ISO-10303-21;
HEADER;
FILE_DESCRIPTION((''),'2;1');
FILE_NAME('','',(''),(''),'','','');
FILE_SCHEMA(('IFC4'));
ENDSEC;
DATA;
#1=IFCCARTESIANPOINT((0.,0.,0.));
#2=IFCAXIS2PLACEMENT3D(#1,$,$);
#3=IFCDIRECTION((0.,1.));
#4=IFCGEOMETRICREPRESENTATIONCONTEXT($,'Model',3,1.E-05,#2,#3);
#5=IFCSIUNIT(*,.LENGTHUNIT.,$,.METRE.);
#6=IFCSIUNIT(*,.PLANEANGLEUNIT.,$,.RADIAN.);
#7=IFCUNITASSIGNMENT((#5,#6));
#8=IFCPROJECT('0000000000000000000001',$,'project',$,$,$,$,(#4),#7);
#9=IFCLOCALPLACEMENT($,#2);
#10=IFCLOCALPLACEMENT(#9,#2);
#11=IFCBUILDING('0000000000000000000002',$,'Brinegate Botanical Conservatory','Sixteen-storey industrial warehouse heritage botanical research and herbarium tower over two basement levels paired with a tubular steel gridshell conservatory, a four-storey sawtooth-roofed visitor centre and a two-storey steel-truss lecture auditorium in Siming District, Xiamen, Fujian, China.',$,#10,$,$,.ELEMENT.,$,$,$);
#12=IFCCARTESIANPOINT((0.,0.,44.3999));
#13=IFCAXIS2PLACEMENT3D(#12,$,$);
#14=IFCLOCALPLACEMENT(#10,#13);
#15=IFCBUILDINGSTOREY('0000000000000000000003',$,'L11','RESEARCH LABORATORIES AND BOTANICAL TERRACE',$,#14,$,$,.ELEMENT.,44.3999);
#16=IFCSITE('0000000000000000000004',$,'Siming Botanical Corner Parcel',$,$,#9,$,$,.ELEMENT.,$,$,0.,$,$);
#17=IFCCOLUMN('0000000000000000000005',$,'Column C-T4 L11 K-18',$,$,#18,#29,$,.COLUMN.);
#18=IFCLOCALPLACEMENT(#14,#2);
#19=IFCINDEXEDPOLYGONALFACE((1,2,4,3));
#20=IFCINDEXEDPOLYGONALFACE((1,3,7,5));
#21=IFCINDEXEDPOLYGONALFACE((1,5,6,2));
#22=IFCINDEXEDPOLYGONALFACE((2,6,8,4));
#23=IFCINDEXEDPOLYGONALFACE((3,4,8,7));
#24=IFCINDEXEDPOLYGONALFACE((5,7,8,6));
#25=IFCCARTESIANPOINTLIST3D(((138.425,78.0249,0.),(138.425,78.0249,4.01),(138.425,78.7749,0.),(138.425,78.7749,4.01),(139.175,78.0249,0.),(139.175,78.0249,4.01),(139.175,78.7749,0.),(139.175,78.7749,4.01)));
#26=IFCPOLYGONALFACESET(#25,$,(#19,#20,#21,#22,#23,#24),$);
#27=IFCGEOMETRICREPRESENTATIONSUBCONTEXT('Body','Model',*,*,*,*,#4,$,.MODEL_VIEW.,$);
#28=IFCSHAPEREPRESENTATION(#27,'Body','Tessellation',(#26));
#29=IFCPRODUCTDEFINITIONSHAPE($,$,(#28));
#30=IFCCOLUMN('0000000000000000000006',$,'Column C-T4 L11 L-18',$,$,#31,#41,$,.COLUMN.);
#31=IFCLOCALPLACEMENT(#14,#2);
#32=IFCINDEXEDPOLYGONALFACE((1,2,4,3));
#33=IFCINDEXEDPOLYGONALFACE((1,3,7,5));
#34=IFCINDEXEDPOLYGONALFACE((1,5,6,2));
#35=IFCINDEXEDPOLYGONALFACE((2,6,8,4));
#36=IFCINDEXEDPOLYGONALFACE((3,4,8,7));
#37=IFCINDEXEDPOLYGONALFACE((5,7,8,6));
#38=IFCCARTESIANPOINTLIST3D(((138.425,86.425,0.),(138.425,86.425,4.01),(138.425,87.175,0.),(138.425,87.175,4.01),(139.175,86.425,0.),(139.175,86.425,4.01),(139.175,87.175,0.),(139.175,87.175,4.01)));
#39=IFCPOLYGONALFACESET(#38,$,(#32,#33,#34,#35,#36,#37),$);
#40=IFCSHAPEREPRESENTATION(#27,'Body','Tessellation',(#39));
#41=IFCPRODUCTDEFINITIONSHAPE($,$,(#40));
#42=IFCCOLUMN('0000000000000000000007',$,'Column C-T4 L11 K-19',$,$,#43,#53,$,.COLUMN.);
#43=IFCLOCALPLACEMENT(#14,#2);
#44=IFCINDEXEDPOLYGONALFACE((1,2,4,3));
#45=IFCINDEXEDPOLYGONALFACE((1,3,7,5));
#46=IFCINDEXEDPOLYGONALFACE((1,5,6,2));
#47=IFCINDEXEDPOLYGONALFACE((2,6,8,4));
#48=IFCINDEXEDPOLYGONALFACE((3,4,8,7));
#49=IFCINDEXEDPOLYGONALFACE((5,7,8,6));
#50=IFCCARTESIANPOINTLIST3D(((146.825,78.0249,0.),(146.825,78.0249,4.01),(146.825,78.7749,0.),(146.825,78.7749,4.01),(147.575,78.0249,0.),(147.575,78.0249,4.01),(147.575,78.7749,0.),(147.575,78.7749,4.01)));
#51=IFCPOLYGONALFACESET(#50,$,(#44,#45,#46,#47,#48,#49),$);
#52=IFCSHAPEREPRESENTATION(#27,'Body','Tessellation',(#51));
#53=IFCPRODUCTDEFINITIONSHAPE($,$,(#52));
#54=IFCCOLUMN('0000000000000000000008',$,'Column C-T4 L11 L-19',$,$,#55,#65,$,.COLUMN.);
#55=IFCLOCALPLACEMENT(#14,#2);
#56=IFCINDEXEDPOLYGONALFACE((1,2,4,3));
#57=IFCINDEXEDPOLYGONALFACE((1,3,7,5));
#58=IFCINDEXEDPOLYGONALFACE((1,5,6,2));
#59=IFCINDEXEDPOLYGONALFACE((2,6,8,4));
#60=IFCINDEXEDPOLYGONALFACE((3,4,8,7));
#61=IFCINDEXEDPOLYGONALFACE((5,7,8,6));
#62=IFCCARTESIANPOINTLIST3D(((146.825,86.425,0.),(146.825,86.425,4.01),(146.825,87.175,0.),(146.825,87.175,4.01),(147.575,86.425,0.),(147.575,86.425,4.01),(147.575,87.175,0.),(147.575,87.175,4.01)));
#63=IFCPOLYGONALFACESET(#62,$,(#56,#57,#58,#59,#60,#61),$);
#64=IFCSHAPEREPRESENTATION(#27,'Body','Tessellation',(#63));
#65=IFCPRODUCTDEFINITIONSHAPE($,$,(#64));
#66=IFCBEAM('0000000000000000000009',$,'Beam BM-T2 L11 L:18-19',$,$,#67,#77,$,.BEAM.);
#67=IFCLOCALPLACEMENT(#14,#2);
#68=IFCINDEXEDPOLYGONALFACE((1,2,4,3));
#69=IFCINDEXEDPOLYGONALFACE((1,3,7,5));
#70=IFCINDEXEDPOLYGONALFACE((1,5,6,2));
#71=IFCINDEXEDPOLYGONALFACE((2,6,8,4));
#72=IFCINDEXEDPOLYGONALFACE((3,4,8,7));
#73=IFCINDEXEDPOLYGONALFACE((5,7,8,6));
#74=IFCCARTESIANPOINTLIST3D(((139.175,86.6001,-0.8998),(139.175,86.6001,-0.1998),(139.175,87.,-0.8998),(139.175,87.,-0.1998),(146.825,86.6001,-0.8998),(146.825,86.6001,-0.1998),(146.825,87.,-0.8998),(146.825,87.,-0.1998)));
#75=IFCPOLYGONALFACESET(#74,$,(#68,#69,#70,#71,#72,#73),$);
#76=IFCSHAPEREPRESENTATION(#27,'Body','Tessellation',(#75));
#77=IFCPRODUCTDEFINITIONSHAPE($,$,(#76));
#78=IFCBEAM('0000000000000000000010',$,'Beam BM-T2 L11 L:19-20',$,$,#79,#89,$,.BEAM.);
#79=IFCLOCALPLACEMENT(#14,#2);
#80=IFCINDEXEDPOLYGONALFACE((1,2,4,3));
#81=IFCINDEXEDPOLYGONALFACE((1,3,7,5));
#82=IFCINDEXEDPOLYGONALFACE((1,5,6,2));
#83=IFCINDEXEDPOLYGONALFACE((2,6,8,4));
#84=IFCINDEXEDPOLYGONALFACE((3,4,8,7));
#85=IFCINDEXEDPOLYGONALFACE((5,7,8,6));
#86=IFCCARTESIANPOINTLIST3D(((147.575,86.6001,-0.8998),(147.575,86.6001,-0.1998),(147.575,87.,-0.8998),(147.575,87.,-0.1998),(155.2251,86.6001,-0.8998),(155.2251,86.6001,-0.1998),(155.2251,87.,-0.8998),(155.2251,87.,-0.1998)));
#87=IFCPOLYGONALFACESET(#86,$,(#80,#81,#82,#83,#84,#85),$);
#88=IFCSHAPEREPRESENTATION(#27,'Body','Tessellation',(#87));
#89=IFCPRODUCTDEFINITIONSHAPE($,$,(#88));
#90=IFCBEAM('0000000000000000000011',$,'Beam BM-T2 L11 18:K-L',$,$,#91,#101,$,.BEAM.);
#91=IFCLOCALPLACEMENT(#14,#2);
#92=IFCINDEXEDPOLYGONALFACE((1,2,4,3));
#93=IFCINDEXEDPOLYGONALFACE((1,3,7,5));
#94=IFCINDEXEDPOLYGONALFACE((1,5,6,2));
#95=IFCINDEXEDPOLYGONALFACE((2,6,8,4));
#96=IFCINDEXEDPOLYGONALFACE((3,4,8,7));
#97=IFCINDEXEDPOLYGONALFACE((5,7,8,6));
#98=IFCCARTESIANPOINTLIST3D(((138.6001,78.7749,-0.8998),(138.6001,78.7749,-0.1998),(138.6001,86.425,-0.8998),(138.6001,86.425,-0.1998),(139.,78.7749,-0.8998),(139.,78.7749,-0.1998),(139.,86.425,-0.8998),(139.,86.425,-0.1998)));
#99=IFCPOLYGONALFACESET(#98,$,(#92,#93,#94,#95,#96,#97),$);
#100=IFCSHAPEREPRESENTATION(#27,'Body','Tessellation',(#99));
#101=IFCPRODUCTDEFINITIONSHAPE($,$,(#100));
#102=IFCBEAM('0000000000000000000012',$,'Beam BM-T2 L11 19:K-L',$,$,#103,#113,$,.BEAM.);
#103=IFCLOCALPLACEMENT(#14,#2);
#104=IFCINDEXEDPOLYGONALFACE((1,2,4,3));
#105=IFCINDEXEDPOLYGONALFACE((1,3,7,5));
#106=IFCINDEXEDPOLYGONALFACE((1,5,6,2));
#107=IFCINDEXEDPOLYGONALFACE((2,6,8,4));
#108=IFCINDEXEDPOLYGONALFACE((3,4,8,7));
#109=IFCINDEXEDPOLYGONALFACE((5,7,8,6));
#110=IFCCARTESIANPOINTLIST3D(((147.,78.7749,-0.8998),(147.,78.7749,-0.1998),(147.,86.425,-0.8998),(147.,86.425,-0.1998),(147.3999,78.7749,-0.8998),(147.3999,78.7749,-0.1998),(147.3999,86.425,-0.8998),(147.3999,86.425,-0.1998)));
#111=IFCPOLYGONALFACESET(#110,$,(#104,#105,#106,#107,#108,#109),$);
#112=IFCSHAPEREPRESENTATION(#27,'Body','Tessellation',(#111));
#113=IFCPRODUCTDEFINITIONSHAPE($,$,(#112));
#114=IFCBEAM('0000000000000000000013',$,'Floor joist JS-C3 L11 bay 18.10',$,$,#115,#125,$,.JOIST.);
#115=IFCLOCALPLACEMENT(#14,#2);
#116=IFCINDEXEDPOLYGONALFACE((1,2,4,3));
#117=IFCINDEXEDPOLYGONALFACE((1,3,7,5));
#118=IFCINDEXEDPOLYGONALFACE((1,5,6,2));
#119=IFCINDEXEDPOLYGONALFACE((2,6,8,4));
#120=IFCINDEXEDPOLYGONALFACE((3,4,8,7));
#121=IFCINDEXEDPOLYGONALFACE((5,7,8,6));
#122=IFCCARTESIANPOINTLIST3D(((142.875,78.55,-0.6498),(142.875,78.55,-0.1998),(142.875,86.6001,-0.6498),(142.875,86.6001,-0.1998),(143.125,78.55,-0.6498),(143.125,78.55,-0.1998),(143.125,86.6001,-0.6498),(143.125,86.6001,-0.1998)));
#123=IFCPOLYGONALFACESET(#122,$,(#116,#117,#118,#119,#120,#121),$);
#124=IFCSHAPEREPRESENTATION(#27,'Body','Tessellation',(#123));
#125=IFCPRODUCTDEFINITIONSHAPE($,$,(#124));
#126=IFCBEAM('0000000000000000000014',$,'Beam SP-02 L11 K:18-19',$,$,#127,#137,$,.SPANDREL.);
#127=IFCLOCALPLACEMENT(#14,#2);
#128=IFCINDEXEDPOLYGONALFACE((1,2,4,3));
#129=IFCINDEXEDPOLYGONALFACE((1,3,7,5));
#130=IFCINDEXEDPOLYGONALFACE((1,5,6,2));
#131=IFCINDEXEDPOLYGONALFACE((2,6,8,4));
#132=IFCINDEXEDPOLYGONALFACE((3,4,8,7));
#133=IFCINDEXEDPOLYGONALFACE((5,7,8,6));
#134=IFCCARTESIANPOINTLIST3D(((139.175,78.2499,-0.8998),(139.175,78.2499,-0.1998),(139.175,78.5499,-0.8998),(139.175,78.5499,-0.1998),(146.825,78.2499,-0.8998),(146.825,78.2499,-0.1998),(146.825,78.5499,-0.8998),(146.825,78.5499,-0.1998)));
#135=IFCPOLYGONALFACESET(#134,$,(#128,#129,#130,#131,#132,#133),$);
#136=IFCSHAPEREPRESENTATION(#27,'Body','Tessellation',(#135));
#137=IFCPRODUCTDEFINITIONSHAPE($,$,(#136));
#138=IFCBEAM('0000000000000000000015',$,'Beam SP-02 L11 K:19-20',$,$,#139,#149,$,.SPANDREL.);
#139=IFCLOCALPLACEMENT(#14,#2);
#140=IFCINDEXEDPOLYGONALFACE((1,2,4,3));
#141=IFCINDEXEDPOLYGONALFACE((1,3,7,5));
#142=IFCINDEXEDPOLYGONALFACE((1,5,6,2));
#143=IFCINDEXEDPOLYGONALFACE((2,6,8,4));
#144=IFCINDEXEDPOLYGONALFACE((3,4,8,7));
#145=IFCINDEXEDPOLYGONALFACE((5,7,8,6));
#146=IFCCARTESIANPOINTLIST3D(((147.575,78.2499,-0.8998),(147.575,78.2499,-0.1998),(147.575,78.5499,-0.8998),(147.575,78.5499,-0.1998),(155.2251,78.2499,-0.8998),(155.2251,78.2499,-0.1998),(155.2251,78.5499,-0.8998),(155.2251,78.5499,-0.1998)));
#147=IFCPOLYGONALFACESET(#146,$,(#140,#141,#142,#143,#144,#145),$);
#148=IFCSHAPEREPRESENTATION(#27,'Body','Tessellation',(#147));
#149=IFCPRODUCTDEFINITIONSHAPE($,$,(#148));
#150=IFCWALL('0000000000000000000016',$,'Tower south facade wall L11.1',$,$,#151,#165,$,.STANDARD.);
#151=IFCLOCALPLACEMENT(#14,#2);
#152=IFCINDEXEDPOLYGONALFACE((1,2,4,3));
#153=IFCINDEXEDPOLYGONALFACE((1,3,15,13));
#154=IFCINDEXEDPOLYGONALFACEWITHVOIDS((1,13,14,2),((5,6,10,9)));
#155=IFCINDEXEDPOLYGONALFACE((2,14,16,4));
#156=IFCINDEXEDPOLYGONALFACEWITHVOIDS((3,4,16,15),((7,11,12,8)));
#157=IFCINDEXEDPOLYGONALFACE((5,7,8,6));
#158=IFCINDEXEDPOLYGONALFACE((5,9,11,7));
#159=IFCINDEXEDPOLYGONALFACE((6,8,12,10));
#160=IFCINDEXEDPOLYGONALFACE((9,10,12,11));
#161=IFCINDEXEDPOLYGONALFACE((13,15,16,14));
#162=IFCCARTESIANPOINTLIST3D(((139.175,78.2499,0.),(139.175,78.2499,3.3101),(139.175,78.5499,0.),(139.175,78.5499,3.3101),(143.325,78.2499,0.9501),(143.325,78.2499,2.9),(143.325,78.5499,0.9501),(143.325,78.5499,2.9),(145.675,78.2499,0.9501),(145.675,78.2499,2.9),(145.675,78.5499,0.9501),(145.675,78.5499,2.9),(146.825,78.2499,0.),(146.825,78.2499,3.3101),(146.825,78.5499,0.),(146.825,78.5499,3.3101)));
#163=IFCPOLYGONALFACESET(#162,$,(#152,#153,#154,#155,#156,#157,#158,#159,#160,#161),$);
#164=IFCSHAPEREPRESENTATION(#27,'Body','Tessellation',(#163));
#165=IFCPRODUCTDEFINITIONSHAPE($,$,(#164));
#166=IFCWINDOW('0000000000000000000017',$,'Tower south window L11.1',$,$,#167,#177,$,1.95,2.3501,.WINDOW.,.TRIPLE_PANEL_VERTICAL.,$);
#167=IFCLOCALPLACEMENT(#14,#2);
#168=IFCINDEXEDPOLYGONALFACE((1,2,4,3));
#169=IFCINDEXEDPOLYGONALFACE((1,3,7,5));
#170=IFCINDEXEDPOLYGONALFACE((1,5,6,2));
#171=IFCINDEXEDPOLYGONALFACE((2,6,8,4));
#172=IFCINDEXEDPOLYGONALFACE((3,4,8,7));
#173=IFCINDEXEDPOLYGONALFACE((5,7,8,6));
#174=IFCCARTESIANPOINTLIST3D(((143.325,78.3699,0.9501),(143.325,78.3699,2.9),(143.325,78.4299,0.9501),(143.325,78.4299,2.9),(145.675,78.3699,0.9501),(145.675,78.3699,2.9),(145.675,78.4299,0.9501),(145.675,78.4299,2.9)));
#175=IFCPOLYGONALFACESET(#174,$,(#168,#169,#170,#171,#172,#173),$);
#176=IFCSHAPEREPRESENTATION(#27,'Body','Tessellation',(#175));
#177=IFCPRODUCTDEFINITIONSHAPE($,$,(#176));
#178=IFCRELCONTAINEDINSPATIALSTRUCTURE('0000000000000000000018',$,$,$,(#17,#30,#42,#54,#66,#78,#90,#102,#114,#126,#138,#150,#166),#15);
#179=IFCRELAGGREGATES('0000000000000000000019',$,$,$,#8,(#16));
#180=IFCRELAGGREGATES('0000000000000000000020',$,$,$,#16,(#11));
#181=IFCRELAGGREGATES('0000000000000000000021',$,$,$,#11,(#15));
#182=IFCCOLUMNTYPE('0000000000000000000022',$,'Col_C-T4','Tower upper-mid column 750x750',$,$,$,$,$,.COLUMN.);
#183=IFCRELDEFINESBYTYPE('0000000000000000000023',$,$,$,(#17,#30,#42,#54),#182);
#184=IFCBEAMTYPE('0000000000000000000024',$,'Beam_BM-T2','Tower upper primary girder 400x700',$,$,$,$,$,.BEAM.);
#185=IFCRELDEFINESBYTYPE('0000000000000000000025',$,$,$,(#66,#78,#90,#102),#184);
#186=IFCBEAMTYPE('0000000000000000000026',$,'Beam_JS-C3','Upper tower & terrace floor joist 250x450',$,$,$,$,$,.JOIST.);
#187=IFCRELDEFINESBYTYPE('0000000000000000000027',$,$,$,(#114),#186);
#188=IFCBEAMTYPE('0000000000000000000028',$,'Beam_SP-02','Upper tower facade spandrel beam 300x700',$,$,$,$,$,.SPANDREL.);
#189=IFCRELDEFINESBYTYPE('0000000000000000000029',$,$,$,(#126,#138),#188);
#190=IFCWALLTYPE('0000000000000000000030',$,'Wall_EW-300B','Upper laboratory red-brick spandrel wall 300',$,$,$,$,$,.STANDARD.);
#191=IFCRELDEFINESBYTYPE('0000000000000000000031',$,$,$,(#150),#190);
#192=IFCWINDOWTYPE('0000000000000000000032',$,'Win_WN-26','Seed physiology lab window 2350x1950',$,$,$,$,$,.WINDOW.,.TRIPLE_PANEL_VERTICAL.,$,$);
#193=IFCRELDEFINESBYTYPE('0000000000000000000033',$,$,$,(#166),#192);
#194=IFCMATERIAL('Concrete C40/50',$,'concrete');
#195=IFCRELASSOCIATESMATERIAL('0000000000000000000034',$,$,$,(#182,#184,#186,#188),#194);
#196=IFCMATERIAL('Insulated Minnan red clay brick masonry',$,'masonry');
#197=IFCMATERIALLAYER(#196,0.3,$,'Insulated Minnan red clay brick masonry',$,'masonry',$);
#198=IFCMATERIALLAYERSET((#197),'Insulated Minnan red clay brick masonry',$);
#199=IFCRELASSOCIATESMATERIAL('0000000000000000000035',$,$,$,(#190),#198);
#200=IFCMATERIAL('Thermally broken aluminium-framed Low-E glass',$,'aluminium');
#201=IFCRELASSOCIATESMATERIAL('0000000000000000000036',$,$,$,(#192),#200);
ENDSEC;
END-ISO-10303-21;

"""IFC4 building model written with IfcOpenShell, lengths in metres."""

from ifc_helpers import new_model, si_unit, direction, frame, frame_2d, origin, origin_2d, place, context, subcontext, project, spatial, rectangle, extrude, material, layer, layer_set, material_profile, profile_set, type_object, element, fill, save


model = new_model("IFC4")

# Units and contexts
model_context = context("Model", 3, precision=1e-05, world=origin(), true_north=direction((0.0, 1.0)))
body_context = subcontext(model_context, "Body", "Model", "MODEL_VIEW")
ifc_project = project(units=[si_unit("LENGTHUNIT", "METRE"), si_unit("PLANEANGLEUNIT", "RADIAN")], contexts=[model_context])

# Site, building, storey
site_placement = place(None, origin())
site = spatial("IfcSite", under=ifc_project, at=site_placement, Name="Siming Botanical Corner Parcel", CompositionType="ELEMENT", RefElevation=0.0)
building_placement = place(site_placement, origin())
building = spatial("IfcBuilding", under=site, at=building_placement, Name="Brinegate Botanical Conservatory", Description="Sixteen-storey industrial warehouse heritage botanical research and herbarium tower over two basement levels paired with a tubular steel gridshell conservatory, a four-storey sawtooth-roofed visitor centre and a two-storey steel-truss lecture auditorium in Siming District, Xiamen, Fujian, China.", CompositionType="ELEMENT")
storey_placement = place(building_placement, frame((0.0, 0.0, 44.3999)))
storey = spatial("IfcBuildingStorey", under=building, at=storey_placement, Name="L11", Description="RESEARCH LABORATORIES AND BOTANICAL TERRACE", CompositionType="ELEMENT", Elevation=44.3999)

# Columns
ifc_material_1 = material(Name="Concrete C40/50", Category="concrete")
ifc_material_profile_1 = material_profile(ifc_material_1, rectangle(XDim=0.75, YDim=0.75, at=origin_2d()), Name="RC COL 750x750")
ifc_profile_set_1 = profile_set([ifc_material_profile_1], Name="Concrete C40/50")
column_type = type_object("IfcColumnType", Name="Col_C-T4", Description="Tower upper-mid column 750x750", PredefinedType="COLUMN", material=ifc_profile_set_1)
for number, where, z_axis, x_axis, name in (
    (1, (138.8, 78.3999, 0.0), (0.0, 0.0, 1.0), (1.0, 0.0, 0.0), "Column C-T4 L11 K-18"),
    (2, (138.8, 86.8, 0.0), (0.0, 0.0, 1.0), (1.0, 0.0, 0.0), "Column C-T4 L11 L-18"),
    (3, (147.2, 78.3999, 0.0), (0.0, 0.0, 1.0), (1.0, 0.0, 0.0), "Column C-T4 L11 K-19"),
    (4, (147.2, 86.8, 0.0), (0.0, 0.0, 1.0), (1.0, 0.0, 0.0), "Column C-T4 L11 L-19"),
):
    element("IfcColumn", number, at=place(storey_placement, frame(where, z_axis=z_axis, x_axis=x_axis)), inside=storey, type_object=column_type, Name=name, PredefinedType="COLUMN", context=body_context, shape_type="SweptSolid", body=[
        extrude(rectangle(XDim=0.75, YDim=0.75, at=origin_2d()), origin(), (0.0, 0.0, 1.0), 4.01),
    ])

# Beams
ifc_material_profile_2 = material_profile(ifc_material_1, rectangle(XDim=0.3999, YDim=0.7, at=origin_2d()), Name="RC BM 400x700")
ifc_profile_set_2 = profile_set([ifc_material_profile_2], Name="Concrete C40/50")
beam_type_1 = type_object("IfcBeamType", Name="Beam_BM-T2", Description="Tower upper primary girder 400x700", PredefinedType="BEAM", material=ifc_profile_set_2)
beam_1_placement = place(storey_placement, frame((139.175, 86.8, -0.5498), z_axis=(1.0, 0.0, 0.0), x_axis=(0.0, 1.0, 0.0)))
element("IfcBeam", 5, at=beam_1_placement, inside=storey, type_object=beam_type_1, Name="Beam BM-T2 L11 L:18-19", PredefinedType="BEAM", context=body_context, shape_type="SweptSolid", body=[
    extrude(rectangle(XDim=0.3999, YDim=0.7, at=origin_2d()), origin(), (0.0, 0.0, 1.0), 7.6499),
])
for number, where, z_axis, x_axis, name in (
    (6, (147.575, 86.8, -0.5498), (1.0, 0.0, 0.0), (0.0, 1.0, 0.0), "Beam BM-T2 L11 L:19-20"),
    (7, (138.8, 78.7749, -0.5498), (0.0, 1.0, 0.0), (-1.0, 0.0, 0.0), "Beam BM-T2 L11 18:K-L"),
    (8, (147.2, 78.7749, -0.5498), (0.0, 1.0, 0.0), (-1.0, 0.0, 0.0), "Beam BM-T2 L11 19:K-L"),
):
    element("IfcBeam", number, at=place(storey_placement, frame(where, z_axis=z_axis, x_axis=x_axis)), inside=storey, type_object=beam_type_1, Name=name, PredefinedType="BEAM", context=body_context, shape_type="SweptSolid", body=[
        extrude(rectangle(XDim=0.3999, YDim=0.7, at=origin_2d()), origin(), (0.0, 0.0, 1.0), 7.6501),
    ])
ifc_material_profile_3 = material_profile(ifc_material_1, rectangle(XDim=0.25, YDim=0.45, at=origin_2d()), Name="RC JST 250x450")
ifc_profile_set_3 = profile_set([ifc_material_profile_3], Name="Concrete C40/50")
beam_type_2 = type_object("IfcBeamType", Name="Beam_JS-C3", Description="Upper tower & terrace floor joist 250x450", PredefinedType="JOIST", material=ifc_profile_set_3)
beam_2_placement = place(storey_placement, frame((143.0, 78.55, -0.4248), z_axis=(0.0, 1.0, 0.0), x_axis=(-1.0, 0.0, 0.0)))
element("IfcBeam", 9, at=beam_2_placement, inside=storey, type_object=beam_type_2, Name="Floor joist JS-C3 L11 bay 18.10", PredefinedType="JOIST", context=body_context, shape_type="SweptSolid", body=[
    extrude(rectangle(XDim=0.25, YDim=0.45, at=origin_2d()), origin(), (0.0, 0.0, 1.0), 8.05),
])
ifc_material_profile_4 = material_profile(ifc_material_1, rectangle(XDim=0.3, YDim=0.7, at=origin_2d()), Name="RC SPN 300x700")
ifc_profile_set_4 = profile_set([ifc_material_profile_4], Name="Concrete C40/50")
beam_type_3 = type_object("IfcBeamType", Name="Beam_SP-02", Description="Upper tower facade spandrel beam 300x700", PredefinedType="SPANDREL", material=ifc_profile_set_4)
beam_3_placement = place(storey_placement, frame((139.175, 78.3999, -0.5498), z_axis=(1.0, 0.0, 0.0), x_axis=(0.0, 1.0, 0.0)))
element("IfcBeam", 10, at=beam_3_placement, inside=storey, type_object=beam_type_3, Name="Beam SP-02 L11 K:18-19", PredefinedType="SPANDREL", context=body_context, shape_type="SweptSolid", body=[
    extrude(rectangle(XDim=0.3, YDim=0.7, at=origin_2d()), origin(), (0.0, 0.0, 1.0), 7.6499),
])
beam_4_placement = place(storey_placement, frame((147.575, 78.3999, -0.5498), z_axis=(1.0, 0.0, 0.0), x_axis=(0.0, 1.0, 0.0)))
element("IfcBeam", 11, at=beam_4_placement, inside=storey, type_object=beam_type_3, Name="Beam SP-02 L11 K:19-20", PredefinedType="SPANDREL", context=body_context, shape_type="SweptSolid", body=[
    extrude(rectangle(XDim=0.3, YDim=0.7, at=origin_2d()), origin(), (0.0, 0.0, 1.0), 7.6501),
])

# Wall, opening, window
ifc_material_2 = material(Name="Insulated Minnan red clay brick masonry", Category="masonry")
ifc_layer = layer(ifc_material_2, 0.3, Name="Insulated Minnan red clay brick masonry", Category="masonry")
ifc_layer_set = layer_set([ifc_layer], Name="Insulated Minnan red clay brick masonry")
wall_type = type_object("IfcWallType", Name="Wall_EW-300B", Description="Upper laboratory red-brick spandrel wall 300", PredefinedType="STANDARD", material=ifc_layer_set)
wall_1_placement = place(storey_placement, frame((146.825, 78.3999, 0.0), z_axis=(0.0, 0.0, 1.0), x_axis=(-1.0, 0.0, 0.0)))
wall_1 = element("IfcWall", 12, at=wall_1_placement, inside=storey, type_object=wall_type, Name="Tower south facade wall L11.1", PredefinedType="STANDARD", context=body_context, shape_type="SweptSolid", body=[
    extrude(rectangle(XDim=7.6499, YDim=0.3, at=frame_2d((3.825, 0.0))), origin(), (0.0, 0.0, 1.0), 3.3101),
])
opening_1_placement = place(wall_1_placement, frame((1.1499, 0.0, 0.95)))
opening_1 = element("IfcOpeningElement", 13, at=opening_1_placement, cuts=wall_1, PredefinedType="OPENING", context=body_context, shape_type="SweptSolid", body=[
    extrude(rectangle(XDim=2.3501, YDim=1.95, at=frame_2d((1.175, 0.9751))), frame((0.0, 0.1599, 0.0), z_axis=(0.0, -1.0, 0.0), x_axis=(1.0, 0.0, 0.0)), (0.0, 0.0, 1.0), 0.3201),
])
ifc_material_3 = material(Name="Thermally broken aluminium-framed Low-E glass", Category="aluminium")
window_type = type_object("IfcWindowType", Name="Win_WN-26", Description="Seed physiology lab window 2350x1950", PartitioningType="TRIPLE_PANEL_VERTICAL", PredefinedType="WINDOW", material=ifc_material_3)
window_placement = place(opening_1_placement, origin())
window = element("IfcWindow", 14, at=window_placement, inside=storey, type_object=window_type, Name="Tower south window L11.1", OverallHeight=1.95, OverallWidth=2.3501, PartitioningType="TRIPLE_PANEL_VERTICAL", PredefinedType="WINDOW", context=body_context, shape_type="SweptSolid", body=[
    extrude(rectangle(XDim=2.3501, YDim=1.95, at=frame_2d((1.175, 0.9751))), frame((0.0, 0.03, 0.0), z_axis=(0.0, -1.0, 0.0), x_axis=(1.0, 0.0, 0.0)), (0.0, 0.0, 1.0), 0.0601),
])
fill(opening_1, window)

save(model, "model.ifc")
